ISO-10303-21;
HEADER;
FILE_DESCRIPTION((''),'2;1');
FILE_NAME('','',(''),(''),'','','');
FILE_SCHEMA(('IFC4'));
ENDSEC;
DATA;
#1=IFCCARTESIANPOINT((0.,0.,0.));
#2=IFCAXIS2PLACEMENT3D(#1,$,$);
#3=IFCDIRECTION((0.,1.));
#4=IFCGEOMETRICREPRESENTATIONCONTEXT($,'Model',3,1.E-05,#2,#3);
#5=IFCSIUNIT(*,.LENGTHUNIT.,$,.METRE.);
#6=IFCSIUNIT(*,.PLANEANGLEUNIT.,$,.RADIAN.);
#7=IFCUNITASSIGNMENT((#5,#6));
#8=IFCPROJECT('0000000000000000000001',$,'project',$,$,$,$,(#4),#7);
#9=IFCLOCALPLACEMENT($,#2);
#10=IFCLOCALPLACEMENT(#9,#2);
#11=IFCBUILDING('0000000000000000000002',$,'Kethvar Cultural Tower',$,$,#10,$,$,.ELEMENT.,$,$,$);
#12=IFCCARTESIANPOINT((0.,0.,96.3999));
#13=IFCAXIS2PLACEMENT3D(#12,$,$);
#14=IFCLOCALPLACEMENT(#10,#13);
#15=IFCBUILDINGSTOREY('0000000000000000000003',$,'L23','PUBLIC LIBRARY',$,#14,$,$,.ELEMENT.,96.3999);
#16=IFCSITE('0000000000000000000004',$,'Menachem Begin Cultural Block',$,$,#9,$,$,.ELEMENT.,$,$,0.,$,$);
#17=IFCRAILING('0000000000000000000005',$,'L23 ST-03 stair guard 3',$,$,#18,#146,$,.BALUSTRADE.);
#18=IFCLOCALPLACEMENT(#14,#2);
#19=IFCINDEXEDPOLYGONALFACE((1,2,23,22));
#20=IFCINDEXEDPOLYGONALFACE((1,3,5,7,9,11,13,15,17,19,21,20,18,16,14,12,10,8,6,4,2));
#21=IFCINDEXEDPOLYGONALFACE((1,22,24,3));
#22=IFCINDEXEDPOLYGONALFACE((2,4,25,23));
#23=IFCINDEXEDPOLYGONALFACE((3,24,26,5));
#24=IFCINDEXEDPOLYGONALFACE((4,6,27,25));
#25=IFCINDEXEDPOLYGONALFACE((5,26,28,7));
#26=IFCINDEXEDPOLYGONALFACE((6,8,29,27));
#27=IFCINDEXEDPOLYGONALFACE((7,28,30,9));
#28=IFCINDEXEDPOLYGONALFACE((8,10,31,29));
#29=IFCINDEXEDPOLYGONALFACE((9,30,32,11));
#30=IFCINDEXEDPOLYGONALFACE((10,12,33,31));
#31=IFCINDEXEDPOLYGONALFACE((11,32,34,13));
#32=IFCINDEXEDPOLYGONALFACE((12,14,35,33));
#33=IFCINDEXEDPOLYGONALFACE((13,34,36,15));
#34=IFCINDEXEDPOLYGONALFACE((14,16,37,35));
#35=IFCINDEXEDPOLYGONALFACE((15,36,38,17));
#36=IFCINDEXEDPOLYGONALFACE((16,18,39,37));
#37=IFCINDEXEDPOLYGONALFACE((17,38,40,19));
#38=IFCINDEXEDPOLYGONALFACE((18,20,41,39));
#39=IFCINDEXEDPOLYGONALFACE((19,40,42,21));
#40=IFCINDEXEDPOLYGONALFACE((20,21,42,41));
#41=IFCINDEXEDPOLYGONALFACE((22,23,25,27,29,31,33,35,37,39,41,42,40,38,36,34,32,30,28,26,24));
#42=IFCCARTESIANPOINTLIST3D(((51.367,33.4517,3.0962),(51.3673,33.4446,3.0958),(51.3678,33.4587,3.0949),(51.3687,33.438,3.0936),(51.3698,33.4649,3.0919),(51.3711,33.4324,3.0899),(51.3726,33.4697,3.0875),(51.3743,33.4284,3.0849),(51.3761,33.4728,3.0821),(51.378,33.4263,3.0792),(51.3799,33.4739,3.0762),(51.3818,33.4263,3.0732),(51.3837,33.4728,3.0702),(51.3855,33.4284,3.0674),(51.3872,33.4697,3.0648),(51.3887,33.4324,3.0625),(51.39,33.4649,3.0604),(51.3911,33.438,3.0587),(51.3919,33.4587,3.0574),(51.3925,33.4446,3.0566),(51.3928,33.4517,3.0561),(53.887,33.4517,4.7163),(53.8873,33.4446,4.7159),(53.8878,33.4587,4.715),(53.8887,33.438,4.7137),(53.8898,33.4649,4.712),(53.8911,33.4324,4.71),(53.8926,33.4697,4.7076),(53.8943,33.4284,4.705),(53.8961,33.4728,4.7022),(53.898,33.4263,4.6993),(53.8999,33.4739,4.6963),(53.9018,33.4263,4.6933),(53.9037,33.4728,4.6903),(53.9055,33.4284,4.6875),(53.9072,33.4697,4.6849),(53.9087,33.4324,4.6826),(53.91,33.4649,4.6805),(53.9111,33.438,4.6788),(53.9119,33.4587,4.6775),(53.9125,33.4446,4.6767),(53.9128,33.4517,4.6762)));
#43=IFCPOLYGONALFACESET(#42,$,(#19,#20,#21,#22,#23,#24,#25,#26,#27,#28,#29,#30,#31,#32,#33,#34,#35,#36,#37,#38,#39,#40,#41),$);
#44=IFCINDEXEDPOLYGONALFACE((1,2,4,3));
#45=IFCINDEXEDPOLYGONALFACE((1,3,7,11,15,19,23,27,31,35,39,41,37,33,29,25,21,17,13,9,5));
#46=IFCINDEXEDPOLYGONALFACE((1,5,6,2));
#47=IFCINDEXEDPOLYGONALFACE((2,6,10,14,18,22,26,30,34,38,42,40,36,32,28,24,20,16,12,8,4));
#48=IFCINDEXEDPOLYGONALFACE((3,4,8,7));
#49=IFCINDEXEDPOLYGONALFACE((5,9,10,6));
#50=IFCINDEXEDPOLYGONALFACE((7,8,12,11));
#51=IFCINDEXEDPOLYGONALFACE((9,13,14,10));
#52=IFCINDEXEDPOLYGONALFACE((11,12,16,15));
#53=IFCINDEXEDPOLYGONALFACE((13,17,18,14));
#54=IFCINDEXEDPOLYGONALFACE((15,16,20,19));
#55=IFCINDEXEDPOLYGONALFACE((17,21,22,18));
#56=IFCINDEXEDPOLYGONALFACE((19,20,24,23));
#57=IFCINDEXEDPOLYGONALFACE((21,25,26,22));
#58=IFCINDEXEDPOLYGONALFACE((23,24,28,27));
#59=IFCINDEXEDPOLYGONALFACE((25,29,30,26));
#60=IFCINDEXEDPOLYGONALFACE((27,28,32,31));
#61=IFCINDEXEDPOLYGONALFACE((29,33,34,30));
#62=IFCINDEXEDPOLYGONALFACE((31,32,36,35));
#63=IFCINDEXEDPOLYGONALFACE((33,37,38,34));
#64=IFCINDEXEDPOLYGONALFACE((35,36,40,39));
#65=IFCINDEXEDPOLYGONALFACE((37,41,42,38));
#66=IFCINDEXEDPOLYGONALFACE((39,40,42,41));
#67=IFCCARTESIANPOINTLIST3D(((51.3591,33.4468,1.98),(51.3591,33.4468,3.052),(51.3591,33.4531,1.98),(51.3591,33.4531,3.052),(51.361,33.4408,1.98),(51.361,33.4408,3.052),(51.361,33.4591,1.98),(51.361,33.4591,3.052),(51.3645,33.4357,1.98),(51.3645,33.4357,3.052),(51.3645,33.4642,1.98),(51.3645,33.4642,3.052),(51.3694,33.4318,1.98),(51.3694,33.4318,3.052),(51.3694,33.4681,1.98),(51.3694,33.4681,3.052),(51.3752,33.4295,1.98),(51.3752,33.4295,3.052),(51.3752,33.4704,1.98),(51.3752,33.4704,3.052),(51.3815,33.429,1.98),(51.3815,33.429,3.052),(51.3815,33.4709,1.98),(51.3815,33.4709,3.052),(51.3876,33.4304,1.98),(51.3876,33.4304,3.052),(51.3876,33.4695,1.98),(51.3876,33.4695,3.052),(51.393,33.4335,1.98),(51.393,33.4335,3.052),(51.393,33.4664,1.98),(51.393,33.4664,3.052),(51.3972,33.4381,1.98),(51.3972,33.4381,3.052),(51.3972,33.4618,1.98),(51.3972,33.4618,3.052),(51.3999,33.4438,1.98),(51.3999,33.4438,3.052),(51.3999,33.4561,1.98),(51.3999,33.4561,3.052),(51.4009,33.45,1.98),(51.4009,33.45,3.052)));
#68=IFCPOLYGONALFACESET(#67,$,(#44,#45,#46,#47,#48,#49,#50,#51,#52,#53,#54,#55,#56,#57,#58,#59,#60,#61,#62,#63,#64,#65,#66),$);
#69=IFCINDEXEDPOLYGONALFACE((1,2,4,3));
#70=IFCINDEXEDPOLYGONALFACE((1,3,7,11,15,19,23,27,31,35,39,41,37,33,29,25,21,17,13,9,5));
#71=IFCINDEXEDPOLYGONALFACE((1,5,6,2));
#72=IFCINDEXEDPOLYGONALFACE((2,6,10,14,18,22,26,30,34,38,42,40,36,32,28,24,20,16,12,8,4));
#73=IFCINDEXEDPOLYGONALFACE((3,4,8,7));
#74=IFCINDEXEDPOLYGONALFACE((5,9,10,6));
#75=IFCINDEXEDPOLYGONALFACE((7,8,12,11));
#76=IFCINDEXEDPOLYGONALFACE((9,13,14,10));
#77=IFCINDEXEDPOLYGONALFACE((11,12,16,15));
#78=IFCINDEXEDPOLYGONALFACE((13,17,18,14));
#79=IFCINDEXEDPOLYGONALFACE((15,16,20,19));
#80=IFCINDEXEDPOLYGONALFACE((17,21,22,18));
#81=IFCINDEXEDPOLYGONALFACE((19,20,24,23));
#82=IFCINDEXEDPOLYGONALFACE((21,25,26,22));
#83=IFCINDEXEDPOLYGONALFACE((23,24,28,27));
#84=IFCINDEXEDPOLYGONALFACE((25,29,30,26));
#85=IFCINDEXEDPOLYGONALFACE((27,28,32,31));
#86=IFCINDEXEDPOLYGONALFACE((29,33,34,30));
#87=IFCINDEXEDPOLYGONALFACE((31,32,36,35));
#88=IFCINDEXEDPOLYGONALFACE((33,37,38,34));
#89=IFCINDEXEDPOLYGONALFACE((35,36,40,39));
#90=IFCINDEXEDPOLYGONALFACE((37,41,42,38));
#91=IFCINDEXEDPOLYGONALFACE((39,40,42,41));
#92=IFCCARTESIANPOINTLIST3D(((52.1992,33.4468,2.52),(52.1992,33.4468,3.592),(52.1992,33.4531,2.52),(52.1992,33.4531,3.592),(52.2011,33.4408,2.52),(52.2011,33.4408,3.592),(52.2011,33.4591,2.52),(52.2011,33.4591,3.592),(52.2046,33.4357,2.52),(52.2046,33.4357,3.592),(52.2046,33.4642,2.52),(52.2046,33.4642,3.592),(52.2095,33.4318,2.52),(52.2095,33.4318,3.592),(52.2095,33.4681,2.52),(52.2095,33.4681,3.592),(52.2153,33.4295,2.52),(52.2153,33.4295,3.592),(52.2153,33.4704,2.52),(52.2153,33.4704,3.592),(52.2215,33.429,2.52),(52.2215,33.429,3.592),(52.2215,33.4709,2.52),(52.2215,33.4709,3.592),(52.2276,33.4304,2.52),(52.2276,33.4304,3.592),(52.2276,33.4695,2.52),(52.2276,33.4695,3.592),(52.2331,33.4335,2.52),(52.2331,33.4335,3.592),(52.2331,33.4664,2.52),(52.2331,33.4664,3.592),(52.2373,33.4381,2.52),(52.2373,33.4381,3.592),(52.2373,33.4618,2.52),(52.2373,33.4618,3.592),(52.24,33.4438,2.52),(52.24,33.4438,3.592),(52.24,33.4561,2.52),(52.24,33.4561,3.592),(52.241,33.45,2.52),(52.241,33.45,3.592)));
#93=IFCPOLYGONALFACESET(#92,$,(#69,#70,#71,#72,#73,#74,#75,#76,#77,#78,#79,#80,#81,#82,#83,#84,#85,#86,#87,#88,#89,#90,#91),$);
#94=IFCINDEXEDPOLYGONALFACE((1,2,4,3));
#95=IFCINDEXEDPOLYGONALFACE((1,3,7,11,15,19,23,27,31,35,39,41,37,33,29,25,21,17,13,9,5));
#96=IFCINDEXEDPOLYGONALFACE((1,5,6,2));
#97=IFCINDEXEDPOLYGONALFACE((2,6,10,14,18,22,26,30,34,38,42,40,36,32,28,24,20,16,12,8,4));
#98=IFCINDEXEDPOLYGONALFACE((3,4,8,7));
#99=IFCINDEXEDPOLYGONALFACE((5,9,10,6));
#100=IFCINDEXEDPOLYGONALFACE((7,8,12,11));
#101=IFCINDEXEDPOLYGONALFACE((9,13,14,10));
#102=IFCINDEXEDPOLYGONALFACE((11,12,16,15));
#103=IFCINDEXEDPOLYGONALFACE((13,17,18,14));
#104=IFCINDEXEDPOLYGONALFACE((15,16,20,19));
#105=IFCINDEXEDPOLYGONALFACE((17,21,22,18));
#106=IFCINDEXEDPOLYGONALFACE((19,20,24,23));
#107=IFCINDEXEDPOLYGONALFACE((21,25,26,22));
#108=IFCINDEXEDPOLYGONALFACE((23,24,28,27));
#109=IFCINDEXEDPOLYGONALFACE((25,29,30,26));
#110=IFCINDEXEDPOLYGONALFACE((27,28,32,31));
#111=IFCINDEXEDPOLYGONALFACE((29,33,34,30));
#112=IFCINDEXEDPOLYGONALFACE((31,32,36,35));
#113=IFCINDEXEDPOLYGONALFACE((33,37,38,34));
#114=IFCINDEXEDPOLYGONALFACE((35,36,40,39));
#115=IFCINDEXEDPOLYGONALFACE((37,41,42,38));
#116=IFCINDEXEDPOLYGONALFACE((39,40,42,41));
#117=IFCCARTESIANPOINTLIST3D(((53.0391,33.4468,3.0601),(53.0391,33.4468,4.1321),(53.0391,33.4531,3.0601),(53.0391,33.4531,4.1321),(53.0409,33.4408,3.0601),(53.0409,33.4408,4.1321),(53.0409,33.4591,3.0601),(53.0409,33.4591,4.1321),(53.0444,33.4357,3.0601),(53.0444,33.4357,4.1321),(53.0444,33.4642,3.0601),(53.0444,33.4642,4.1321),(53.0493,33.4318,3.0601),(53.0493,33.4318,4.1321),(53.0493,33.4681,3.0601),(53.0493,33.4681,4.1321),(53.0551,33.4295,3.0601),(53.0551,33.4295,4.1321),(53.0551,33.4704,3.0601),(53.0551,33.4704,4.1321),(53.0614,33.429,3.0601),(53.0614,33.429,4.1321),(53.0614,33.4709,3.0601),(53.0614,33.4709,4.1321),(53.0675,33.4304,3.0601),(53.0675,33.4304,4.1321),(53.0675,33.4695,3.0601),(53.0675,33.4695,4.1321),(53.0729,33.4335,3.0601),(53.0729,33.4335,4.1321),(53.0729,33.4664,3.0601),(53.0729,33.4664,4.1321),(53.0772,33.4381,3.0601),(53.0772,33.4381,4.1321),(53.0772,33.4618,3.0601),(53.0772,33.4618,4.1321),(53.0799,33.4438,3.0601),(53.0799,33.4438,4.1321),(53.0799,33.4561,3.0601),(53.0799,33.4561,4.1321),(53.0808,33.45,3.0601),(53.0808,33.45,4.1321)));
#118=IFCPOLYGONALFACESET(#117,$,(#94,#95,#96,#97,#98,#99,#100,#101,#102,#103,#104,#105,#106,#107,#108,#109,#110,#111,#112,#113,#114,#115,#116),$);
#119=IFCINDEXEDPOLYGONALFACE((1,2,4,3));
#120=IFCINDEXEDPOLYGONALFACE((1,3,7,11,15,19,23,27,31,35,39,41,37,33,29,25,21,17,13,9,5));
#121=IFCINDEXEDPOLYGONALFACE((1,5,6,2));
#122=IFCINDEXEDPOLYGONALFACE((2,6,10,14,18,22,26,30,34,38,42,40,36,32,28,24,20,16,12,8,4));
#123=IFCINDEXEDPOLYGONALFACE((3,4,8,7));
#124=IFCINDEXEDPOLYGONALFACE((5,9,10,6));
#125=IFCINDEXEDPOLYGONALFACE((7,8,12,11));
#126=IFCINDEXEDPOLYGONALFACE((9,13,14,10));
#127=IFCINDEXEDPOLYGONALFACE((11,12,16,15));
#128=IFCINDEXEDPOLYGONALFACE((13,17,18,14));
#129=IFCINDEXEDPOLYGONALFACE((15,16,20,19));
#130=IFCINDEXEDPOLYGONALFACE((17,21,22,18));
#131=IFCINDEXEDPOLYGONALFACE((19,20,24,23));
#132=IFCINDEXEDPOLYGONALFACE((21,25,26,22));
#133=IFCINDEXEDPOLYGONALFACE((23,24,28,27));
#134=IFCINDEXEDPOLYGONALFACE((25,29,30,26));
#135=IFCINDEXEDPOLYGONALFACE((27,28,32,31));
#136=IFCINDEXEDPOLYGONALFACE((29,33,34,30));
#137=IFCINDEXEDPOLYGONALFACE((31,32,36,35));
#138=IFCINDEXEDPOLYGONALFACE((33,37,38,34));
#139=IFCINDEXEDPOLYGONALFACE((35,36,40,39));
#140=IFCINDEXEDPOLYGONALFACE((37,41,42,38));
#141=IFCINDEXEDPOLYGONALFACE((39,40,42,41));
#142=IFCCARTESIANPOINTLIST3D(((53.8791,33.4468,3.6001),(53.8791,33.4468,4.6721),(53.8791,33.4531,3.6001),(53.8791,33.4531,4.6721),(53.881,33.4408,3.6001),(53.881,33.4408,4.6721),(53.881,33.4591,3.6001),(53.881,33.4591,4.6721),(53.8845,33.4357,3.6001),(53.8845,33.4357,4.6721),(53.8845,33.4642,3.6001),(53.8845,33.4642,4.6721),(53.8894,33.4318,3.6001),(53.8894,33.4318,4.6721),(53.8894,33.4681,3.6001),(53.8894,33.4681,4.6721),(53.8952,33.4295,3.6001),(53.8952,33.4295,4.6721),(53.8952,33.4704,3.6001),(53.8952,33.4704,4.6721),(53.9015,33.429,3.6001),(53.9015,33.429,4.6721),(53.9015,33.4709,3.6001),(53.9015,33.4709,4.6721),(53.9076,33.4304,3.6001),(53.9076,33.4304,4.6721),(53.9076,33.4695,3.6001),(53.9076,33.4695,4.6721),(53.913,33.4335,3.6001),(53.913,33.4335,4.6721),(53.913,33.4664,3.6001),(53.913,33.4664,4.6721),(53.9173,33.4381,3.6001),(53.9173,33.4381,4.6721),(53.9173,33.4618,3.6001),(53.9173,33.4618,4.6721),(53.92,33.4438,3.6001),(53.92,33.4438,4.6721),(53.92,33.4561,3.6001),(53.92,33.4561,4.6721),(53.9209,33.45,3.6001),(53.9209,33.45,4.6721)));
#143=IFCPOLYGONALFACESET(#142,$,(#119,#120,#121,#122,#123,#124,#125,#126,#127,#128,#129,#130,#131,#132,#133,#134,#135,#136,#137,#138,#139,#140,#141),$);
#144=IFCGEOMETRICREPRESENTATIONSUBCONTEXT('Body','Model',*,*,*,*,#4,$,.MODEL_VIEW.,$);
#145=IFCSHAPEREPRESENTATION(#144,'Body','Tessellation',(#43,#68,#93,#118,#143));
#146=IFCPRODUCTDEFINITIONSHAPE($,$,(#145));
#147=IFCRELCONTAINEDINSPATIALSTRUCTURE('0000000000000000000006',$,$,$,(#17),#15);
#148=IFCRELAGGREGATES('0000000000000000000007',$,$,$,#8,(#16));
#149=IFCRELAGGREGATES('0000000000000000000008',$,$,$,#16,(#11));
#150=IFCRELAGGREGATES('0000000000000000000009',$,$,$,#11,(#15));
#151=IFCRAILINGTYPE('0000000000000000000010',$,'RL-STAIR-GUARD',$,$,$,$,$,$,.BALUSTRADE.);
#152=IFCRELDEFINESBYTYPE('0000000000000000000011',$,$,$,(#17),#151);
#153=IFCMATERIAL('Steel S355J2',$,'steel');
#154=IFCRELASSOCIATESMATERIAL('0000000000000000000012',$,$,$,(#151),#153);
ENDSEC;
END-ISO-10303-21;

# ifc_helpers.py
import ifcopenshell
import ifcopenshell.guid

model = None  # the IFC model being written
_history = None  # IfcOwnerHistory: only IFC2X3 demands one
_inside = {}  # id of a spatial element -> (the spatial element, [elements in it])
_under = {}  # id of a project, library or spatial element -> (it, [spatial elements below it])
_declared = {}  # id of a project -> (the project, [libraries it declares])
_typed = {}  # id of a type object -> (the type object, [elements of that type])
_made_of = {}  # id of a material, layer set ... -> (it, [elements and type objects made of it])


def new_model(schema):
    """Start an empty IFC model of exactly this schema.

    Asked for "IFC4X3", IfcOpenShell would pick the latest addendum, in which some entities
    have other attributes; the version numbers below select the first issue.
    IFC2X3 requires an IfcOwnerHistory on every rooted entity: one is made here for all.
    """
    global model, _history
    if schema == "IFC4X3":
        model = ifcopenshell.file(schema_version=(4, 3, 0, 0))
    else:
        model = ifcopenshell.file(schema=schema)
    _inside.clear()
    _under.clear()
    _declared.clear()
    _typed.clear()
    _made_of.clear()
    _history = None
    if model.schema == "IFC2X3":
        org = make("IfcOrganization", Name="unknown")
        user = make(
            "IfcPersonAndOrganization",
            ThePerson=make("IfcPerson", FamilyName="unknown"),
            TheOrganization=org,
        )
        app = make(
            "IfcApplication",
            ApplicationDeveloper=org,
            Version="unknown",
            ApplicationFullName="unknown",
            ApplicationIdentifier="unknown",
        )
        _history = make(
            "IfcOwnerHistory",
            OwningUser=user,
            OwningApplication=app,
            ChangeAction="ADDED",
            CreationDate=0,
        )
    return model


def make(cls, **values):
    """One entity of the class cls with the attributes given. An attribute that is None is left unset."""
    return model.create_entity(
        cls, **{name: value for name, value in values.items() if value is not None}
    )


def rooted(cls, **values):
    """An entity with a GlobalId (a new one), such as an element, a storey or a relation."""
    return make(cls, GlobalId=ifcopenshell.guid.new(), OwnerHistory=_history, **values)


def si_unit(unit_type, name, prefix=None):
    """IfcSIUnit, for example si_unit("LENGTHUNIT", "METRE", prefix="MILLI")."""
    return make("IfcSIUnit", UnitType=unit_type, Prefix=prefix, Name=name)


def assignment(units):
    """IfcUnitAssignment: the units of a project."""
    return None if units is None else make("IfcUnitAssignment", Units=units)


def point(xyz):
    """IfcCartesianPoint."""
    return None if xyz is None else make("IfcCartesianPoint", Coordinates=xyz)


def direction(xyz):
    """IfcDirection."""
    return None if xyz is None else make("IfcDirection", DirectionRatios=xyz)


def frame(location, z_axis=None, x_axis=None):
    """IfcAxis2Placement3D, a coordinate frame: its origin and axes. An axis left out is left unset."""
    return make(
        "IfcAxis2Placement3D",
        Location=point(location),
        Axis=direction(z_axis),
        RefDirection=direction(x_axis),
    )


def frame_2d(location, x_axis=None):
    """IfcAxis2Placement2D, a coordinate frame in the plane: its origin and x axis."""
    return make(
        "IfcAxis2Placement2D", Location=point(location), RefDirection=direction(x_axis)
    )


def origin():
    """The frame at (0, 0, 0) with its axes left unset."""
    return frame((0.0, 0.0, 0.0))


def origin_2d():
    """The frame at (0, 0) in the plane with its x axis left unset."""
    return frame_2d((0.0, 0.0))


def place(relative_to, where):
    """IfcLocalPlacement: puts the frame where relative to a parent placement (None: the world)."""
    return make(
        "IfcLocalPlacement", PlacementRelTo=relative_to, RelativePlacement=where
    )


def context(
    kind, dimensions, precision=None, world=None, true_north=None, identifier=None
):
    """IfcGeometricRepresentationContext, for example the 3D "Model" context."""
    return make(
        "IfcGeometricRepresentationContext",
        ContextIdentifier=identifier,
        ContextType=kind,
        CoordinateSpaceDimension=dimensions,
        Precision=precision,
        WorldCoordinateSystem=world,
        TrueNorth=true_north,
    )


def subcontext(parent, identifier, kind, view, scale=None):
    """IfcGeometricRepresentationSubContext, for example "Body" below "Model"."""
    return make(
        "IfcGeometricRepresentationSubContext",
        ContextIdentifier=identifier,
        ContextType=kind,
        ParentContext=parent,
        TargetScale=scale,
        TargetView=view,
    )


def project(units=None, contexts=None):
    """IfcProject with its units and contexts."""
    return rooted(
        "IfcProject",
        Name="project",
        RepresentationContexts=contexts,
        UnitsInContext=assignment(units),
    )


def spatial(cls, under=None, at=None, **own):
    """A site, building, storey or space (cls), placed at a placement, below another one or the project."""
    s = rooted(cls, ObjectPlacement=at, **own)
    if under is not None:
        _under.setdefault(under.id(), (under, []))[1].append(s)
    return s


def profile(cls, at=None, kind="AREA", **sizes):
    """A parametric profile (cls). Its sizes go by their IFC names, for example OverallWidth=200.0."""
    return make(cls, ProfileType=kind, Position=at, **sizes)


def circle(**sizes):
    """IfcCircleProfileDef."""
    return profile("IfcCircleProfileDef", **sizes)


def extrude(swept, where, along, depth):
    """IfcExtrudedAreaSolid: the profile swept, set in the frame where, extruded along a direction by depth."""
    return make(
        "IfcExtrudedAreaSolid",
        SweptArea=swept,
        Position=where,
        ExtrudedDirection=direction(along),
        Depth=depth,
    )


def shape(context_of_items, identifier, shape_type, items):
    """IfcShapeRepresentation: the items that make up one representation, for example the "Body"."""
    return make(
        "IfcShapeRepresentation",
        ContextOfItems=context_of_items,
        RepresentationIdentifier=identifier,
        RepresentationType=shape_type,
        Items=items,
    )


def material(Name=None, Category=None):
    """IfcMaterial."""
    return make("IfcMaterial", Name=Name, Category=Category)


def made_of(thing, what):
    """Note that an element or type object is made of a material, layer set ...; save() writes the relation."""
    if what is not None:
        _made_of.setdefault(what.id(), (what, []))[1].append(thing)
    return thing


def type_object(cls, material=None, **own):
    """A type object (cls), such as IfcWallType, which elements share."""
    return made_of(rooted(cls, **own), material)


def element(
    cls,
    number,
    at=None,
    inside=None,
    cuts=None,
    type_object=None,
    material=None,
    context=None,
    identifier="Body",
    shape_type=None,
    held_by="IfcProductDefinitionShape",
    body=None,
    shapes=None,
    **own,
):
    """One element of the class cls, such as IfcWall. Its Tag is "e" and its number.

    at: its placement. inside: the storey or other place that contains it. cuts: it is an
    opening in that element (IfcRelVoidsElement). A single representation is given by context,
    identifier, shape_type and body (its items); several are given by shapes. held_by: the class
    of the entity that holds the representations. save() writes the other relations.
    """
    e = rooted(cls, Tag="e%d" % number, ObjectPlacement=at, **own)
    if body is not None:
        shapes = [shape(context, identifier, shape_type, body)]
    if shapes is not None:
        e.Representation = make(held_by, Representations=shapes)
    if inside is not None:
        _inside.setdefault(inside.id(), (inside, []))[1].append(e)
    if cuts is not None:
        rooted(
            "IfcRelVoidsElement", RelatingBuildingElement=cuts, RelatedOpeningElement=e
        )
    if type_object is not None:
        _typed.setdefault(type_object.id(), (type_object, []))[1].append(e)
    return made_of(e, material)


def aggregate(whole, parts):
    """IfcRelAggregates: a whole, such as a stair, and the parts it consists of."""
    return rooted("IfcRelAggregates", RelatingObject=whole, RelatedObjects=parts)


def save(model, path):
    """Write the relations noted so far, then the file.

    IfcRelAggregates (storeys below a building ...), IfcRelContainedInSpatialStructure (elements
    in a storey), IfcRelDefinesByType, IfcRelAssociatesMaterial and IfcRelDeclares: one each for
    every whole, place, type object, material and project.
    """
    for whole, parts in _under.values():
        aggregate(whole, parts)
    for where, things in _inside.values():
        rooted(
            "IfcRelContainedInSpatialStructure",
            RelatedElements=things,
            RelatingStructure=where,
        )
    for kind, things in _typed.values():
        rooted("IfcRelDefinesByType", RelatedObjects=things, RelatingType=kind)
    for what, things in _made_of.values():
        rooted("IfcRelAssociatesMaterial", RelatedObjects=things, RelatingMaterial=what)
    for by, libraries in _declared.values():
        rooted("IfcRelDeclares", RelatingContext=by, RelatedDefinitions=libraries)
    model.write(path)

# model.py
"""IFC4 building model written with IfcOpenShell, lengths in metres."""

from ifc_helpers import new_model, si_unit, direction, frame, origin, origin_2d, place, context, subcontext, project, spatial, circle, extrude, material, type_object, element, save


model = new_model("IFC4")

# Units and contexts
model_context = context("Model", 3, precision=1e-05, world=origin(), true_north=direction((0.0, 1.0)))
body_context = subcontext(model_context, "Body", "Model", "MODEL_VIEW")
ifc_project = project(units=[si_unit("LENGTHUNIT", "METRE"), si_unit("PLANEANGLEUNIT", "RADIAN")], contexts=[model_context])

# Site, building, storey
site_placement = place(None, origin())
site = spatial("IfcSite", under=ifc_project, at=site_placement, Name="Menachem Begin Cultural Block", CompositionType="ELEMENT", RefElevation=0.0)
building_placement = place(site_placement, origin())
building = spatial("IfcBuilding", under=site, at=building_placement, Name="Kethvar Cultural Tower", CompositionType="ELEMENT")
storey_placement = place(building_placement, frame((0.0, 0.0, 96.3999)))
storey = spatial("IfcBuildingStorey", under=building, at=storey_placement, Name="L23", Description="PUBLIC LIBRARY", CompositionType="ELEMENT", Elevation=96.3999)

# Shared definitions
ifc_material_1 = material(Name="Steel S355J2", Category="steel")

# Railing
railing_type_1 = type_object("IfcRailingType", Name="RL-STAIR-GUARD", PredefinedType="BALUSTRADE", material=ifc_material_1)
railing_1_placement = place(storey_placement, frame((51.3799, 33.45, 1.98)))
element("IfcRailing", 1, at=railing_1_placement, inside=storey, type_object=railing_type_1, Name="L23 ST-03 stair guard 3", PredefinedType="BALUSTRADE", context=body_context, shape_type="SweptSolid", body=[
    extrude(circle(Radius=0.0239, at=origin_2d()), frame((0.0, 0.0, 1.0962), z_axis=(0.841163, 0.0, 0.540782), x_axis=(0.0, 1.0, 0.0)), (0.0, 0.0, 1.0), 2.9958),
    extrude(circle(Radius=0.021, at=origin_2d()), origin(), (0.0, 0.0, 1.0), 1.072),
    extrude(circle(Radius=0.021, at=origin_2d()), frame((0.8401, 0.0, 0.54)), (0.0, 0.0, 1.0), 1.072),
    extrude(circle(Radius=0.021, at=origin_2d()), frame((1.6799, 0.0, 1.0801)), (0.0, 0.0, 1.0), 1.072),
    extrude(circle(Radius=0.021, at=origin_2d()), frame((2.52, 0.0, 1.6201)), (0.0, 0.0, 1.0), 1.072),
])

save(model, "model.ifc")
